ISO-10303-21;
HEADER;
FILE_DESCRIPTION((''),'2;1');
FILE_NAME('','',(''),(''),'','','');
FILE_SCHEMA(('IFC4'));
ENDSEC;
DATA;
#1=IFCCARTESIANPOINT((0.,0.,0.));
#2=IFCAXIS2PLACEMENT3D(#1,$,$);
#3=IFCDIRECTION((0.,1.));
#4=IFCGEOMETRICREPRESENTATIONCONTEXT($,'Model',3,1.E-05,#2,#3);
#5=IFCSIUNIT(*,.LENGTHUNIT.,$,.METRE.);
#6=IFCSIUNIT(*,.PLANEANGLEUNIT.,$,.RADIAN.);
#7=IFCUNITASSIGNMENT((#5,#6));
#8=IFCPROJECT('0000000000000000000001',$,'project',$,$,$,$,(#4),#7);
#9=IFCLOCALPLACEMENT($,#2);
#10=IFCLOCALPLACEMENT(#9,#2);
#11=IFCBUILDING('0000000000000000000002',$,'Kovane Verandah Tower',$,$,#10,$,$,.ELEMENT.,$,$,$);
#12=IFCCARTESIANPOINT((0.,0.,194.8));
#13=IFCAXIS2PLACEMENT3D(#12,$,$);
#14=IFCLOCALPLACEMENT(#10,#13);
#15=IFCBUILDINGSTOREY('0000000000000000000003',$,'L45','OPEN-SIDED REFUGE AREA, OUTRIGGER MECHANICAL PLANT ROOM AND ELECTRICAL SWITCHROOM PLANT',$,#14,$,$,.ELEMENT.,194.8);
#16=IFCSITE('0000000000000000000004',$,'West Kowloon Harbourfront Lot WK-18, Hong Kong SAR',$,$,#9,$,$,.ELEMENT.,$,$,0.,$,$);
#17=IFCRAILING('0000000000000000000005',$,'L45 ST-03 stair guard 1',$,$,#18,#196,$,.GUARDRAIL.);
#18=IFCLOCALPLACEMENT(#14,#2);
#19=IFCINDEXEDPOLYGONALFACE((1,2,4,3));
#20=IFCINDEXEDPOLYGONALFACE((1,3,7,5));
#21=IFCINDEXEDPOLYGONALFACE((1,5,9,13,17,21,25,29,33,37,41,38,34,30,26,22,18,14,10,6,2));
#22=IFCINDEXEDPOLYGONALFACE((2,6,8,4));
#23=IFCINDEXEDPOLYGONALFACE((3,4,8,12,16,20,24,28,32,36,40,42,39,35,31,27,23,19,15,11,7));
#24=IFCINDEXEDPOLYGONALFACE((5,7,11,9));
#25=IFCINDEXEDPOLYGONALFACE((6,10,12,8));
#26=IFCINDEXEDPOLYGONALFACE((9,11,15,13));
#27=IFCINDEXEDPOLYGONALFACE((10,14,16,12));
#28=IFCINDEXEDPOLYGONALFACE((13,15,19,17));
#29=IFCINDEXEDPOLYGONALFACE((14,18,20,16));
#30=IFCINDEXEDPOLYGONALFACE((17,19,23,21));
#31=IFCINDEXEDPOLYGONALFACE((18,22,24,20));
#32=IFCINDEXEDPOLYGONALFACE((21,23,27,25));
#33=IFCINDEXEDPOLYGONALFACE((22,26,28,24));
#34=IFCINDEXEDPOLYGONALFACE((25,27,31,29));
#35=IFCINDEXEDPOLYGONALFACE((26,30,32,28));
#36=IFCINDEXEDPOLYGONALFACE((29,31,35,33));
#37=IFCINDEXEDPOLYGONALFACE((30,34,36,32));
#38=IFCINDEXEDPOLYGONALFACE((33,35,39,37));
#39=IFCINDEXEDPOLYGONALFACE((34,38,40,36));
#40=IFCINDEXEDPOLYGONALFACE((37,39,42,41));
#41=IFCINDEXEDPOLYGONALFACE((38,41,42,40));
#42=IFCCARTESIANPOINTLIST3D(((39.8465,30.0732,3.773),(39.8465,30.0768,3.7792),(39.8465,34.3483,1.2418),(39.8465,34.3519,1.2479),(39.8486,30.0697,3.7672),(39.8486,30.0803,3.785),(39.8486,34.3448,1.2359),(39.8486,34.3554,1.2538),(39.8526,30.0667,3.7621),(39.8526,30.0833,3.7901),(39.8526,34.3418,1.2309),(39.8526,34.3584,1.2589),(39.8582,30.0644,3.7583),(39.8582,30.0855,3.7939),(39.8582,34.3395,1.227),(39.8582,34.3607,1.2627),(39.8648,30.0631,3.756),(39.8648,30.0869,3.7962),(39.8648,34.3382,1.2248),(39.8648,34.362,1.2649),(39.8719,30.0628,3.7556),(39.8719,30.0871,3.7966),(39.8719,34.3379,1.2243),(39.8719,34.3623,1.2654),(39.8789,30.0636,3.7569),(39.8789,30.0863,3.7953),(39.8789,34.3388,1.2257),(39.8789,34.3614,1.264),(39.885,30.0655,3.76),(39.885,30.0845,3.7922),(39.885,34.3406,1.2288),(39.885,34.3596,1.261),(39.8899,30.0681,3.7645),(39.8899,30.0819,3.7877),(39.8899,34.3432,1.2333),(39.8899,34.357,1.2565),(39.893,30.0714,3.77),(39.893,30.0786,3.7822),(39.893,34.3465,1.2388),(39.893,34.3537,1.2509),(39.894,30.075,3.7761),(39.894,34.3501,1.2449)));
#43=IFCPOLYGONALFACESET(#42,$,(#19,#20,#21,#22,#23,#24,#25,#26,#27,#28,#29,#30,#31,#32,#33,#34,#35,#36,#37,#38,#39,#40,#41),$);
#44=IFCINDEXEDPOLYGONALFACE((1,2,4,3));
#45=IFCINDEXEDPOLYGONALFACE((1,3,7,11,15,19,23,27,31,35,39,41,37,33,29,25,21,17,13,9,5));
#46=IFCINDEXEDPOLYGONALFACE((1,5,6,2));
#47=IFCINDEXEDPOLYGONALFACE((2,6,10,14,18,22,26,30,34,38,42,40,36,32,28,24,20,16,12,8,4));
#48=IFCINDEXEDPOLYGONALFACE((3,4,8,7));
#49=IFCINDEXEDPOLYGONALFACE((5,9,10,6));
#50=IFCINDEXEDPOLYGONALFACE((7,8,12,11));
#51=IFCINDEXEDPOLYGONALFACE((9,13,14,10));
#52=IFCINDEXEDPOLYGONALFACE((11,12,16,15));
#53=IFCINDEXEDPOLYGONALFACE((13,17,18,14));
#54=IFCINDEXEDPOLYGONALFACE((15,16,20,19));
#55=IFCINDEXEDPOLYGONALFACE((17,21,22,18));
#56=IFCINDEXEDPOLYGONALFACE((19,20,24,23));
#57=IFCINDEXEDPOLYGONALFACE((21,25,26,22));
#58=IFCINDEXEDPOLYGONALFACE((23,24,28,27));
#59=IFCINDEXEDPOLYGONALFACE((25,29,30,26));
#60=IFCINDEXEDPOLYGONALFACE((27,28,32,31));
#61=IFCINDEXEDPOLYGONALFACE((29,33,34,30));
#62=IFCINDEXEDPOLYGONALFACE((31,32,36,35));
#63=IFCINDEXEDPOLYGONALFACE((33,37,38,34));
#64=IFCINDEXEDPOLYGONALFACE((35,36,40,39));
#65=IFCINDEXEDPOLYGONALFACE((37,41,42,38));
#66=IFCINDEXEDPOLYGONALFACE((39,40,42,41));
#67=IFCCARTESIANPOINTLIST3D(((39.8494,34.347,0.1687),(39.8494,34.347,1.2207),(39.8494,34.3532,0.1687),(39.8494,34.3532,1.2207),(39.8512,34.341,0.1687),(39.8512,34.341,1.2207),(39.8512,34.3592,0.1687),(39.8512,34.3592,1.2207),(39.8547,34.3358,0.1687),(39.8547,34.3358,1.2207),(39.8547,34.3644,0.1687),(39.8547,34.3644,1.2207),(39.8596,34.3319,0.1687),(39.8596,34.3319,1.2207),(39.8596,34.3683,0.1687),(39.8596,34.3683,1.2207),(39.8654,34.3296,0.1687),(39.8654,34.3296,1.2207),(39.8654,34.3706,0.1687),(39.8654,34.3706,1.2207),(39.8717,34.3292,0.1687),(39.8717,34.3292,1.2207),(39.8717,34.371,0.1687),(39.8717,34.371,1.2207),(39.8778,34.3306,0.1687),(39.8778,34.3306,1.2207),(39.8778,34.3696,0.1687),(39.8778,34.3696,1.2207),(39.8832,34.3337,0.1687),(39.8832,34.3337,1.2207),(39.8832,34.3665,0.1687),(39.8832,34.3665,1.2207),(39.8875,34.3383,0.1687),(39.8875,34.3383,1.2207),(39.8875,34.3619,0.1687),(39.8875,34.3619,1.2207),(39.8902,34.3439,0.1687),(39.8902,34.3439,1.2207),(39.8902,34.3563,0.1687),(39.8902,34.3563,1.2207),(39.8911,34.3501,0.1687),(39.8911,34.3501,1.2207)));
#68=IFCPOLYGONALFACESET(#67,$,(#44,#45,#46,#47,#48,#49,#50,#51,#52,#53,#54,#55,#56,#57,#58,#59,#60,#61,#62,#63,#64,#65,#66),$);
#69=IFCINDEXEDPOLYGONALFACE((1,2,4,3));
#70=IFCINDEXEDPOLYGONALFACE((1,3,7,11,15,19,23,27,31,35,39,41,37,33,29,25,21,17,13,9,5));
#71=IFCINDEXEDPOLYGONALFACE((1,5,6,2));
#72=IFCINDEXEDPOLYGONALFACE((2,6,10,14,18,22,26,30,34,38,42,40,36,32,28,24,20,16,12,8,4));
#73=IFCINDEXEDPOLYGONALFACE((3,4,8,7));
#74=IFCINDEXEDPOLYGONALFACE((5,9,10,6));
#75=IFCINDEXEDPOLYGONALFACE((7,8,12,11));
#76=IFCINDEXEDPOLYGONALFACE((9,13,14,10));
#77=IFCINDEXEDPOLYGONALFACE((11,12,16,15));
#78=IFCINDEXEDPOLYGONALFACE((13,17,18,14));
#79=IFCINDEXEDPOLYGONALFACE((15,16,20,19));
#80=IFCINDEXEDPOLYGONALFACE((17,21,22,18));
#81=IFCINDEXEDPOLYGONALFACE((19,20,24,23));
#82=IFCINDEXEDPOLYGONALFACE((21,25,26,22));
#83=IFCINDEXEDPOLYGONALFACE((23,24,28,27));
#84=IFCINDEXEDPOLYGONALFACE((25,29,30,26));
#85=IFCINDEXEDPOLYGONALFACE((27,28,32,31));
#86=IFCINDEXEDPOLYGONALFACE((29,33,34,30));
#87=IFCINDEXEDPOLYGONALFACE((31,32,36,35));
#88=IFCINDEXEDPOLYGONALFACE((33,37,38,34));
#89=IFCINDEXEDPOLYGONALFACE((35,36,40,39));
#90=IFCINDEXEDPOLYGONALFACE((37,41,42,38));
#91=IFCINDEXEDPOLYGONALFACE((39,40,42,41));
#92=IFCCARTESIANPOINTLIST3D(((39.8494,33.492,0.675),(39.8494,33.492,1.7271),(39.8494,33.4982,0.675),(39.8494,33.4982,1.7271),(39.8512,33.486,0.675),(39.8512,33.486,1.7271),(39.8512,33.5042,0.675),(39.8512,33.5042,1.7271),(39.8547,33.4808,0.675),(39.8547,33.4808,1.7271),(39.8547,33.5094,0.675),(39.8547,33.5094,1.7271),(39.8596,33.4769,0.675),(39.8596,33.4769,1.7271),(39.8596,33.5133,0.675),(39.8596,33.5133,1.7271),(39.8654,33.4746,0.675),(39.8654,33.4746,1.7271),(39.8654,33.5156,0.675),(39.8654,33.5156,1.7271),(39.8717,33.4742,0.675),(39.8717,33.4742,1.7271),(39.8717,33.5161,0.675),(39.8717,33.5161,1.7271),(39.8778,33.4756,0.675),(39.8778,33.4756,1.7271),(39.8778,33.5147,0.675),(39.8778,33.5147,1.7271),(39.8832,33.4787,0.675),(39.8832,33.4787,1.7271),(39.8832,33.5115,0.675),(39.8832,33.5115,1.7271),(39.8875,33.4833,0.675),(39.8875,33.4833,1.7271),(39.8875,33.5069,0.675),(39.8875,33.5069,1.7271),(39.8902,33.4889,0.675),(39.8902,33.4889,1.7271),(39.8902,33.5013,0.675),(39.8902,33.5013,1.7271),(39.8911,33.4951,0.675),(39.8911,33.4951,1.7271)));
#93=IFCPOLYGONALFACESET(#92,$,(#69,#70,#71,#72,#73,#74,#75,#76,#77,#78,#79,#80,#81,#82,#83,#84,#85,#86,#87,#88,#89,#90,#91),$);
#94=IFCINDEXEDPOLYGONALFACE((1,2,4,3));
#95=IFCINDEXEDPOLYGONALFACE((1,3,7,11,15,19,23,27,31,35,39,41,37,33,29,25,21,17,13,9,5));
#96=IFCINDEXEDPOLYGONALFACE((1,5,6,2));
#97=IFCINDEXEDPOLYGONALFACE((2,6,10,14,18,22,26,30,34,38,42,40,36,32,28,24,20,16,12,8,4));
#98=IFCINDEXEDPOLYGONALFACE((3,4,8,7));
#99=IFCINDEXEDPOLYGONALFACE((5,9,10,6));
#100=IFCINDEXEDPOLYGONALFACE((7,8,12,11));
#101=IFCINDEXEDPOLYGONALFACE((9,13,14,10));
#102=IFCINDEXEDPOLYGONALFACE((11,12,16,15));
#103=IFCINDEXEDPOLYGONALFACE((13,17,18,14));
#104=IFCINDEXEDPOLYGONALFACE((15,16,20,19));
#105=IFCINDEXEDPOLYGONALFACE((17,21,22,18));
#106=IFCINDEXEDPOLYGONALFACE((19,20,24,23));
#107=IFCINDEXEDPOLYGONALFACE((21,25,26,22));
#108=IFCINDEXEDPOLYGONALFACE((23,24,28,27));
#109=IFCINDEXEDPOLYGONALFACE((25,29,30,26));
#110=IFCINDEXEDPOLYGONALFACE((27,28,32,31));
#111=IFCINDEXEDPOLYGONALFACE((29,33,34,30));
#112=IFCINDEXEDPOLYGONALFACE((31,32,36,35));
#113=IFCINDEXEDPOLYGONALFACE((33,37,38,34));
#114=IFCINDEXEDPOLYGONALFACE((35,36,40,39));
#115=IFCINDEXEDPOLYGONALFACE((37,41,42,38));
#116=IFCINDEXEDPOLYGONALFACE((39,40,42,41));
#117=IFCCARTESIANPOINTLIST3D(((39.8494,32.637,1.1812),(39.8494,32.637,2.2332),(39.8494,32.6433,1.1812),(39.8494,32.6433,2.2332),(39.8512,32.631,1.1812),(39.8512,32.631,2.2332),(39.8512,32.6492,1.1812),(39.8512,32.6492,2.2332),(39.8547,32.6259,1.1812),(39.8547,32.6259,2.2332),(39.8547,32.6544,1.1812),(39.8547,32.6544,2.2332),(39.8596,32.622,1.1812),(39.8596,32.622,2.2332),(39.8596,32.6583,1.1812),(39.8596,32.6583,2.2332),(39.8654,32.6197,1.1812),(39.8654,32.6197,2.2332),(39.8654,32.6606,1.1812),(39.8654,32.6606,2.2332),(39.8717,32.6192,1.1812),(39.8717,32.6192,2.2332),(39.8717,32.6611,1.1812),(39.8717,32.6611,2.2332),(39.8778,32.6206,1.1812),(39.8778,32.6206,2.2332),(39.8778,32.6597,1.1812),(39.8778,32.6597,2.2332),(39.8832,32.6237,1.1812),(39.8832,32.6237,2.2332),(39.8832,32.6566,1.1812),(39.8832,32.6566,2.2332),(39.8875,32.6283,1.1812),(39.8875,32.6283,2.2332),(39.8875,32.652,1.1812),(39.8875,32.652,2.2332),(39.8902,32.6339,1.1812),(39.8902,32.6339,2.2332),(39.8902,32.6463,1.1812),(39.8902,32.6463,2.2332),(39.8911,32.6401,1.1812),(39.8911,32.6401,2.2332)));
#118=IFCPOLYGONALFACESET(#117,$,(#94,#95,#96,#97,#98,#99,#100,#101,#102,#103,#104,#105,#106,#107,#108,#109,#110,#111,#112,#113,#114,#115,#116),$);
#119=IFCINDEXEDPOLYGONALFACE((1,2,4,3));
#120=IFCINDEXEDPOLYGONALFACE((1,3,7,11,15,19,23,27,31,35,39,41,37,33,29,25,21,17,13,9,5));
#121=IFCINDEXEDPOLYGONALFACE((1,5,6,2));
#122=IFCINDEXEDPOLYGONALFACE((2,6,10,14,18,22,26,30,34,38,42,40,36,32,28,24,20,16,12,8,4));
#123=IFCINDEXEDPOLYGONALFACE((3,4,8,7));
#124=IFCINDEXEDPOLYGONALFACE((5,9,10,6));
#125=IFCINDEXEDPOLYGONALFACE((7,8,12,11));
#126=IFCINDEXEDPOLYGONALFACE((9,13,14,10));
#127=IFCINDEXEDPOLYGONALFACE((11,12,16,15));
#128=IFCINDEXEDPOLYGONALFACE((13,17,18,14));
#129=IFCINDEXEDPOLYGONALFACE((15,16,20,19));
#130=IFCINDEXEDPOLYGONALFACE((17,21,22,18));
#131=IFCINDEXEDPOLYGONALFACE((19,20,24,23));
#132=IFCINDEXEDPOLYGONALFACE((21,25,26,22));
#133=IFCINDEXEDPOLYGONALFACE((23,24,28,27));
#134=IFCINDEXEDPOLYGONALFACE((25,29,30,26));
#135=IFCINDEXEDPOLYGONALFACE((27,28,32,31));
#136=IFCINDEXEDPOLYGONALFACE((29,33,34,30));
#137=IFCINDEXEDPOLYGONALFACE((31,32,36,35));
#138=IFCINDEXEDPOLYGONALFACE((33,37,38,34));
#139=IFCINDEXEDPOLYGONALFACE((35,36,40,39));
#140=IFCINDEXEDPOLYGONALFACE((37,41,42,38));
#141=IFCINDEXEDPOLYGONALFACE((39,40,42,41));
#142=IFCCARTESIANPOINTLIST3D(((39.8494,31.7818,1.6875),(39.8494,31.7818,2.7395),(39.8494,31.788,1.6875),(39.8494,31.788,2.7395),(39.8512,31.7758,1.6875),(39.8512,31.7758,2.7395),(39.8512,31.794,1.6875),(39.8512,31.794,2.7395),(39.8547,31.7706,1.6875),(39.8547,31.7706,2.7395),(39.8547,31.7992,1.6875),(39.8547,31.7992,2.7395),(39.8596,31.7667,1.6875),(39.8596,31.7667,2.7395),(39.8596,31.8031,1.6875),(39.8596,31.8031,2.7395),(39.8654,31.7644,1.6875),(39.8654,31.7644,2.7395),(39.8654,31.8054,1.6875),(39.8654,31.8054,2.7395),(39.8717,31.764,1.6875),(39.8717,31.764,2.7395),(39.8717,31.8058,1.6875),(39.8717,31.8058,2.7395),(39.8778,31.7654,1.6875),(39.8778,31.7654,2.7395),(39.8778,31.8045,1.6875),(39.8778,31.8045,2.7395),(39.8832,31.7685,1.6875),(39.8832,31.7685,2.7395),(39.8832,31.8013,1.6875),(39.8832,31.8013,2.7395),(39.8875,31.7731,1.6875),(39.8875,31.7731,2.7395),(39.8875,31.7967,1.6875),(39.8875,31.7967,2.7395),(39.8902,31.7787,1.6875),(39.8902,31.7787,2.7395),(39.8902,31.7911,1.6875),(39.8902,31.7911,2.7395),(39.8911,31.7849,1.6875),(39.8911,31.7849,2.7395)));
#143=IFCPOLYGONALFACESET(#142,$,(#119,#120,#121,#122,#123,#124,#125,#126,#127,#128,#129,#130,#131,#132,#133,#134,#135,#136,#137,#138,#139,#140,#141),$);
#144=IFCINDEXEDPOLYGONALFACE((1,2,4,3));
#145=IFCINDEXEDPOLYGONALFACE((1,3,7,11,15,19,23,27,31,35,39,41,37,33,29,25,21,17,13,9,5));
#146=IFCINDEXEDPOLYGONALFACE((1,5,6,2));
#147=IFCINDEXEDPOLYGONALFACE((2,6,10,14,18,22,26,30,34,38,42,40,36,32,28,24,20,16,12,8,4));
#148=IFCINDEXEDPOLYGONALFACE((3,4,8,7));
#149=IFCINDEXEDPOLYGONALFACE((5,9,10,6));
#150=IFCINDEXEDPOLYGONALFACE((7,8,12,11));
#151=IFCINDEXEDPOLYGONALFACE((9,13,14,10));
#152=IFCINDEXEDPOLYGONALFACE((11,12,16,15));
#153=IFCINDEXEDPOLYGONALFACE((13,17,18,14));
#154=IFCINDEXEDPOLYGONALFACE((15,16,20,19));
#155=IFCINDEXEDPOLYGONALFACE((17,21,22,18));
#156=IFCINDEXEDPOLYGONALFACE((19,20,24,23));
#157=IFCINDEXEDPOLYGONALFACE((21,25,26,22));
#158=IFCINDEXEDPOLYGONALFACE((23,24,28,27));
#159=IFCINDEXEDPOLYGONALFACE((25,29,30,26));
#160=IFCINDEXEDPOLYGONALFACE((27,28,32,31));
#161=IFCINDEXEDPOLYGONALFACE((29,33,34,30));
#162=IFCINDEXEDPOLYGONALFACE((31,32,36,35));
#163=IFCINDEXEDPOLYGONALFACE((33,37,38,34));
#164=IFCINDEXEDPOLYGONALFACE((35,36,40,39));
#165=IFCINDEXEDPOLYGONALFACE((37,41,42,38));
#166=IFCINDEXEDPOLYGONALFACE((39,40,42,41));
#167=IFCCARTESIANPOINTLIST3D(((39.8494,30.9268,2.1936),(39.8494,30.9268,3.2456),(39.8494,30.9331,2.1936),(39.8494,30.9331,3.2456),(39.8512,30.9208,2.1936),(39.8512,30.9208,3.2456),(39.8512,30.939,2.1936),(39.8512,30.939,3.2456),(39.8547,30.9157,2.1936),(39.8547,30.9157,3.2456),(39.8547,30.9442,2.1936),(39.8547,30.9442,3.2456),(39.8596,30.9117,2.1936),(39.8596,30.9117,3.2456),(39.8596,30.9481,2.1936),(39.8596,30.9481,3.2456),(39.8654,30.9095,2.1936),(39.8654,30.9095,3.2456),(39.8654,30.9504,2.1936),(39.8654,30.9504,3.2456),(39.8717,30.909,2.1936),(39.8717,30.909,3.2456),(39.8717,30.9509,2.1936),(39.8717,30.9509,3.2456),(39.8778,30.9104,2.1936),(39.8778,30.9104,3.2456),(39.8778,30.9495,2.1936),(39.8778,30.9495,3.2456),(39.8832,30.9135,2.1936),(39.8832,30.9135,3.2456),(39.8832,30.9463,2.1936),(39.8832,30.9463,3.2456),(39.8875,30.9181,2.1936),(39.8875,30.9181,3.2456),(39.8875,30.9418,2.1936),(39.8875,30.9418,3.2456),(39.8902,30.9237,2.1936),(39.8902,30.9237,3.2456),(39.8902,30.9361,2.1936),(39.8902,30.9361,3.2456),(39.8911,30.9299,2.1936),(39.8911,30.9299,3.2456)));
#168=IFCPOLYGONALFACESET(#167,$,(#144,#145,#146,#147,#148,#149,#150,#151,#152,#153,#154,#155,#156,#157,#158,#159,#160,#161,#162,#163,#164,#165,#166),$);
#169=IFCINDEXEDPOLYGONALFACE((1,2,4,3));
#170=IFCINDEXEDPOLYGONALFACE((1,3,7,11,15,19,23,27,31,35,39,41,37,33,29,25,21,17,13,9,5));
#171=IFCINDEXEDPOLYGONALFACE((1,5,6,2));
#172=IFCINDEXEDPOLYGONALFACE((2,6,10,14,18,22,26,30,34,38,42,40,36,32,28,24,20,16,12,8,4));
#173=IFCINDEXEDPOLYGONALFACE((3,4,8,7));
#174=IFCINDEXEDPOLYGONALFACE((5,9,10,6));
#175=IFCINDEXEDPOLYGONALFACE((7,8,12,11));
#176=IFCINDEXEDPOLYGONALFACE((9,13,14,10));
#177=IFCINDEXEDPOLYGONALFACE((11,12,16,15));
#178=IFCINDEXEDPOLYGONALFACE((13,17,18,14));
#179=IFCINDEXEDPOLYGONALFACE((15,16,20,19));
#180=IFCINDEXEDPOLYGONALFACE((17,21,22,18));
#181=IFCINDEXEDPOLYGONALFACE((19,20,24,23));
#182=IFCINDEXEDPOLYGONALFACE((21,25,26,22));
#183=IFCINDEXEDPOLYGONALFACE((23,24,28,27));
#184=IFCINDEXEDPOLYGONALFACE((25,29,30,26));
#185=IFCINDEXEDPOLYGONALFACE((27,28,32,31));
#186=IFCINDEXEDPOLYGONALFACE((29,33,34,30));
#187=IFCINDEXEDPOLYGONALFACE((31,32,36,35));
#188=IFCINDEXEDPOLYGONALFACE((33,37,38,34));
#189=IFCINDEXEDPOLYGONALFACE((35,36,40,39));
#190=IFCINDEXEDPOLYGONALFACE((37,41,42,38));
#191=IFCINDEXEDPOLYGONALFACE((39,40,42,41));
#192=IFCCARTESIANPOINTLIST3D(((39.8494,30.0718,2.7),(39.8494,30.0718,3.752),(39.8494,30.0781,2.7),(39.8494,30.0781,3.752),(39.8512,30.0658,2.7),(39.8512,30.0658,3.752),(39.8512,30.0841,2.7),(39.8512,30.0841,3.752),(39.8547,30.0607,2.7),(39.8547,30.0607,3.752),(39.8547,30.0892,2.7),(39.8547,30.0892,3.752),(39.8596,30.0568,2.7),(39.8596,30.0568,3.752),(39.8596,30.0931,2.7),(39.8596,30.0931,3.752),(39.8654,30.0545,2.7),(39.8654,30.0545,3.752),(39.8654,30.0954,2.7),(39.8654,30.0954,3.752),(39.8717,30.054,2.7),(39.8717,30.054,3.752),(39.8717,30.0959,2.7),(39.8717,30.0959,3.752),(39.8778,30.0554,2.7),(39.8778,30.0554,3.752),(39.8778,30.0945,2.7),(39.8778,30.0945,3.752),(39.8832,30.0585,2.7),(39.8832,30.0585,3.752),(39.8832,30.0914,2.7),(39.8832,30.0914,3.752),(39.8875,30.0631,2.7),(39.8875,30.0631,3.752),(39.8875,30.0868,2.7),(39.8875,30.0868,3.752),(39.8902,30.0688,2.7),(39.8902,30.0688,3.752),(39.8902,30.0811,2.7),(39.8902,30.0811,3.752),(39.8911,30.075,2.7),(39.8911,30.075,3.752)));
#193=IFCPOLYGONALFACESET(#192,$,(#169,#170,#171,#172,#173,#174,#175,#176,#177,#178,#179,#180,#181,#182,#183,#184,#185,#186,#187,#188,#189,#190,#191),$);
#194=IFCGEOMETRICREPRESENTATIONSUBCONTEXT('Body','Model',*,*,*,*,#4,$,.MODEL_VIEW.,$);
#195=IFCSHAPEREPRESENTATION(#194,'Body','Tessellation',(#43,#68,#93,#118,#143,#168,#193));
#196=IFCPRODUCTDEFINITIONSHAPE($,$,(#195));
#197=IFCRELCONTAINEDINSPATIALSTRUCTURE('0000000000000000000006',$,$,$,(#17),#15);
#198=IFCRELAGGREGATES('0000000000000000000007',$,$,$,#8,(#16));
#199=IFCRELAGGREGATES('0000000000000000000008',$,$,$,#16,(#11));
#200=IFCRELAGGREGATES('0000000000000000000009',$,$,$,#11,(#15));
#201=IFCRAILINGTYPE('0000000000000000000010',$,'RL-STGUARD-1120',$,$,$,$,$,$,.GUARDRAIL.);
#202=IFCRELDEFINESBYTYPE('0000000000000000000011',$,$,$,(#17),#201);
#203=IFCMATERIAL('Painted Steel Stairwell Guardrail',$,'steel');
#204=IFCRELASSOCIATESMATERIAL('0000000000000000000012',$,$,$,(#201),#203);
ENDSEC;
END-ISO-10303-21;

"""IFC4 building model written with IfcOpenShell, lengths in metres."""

from ifc_helpers import new_model, si_unit, direction, frame, origin, origin_2d, place, context, subcontext, project, spatial, circle, extrude, material, type_object, element, save


model = new_model("IFC4")

# Units and contexts
model_context = context("Model", 3, precision=1e-05, world=origin(), true_north=direction((0.0, 1.0)))
body_context = subcontext(model_context, "Body", "Model", "MODEL_VIEW")
ifc_project = project(units=[si_unit("LENGTHUNIT", "METRE"), si_unit("PLANEANGLEUNIT", "RADIAN")], contexts=[model_context])

# Site, building, storey
site_placement = place(None, origin())
site = spatial("IfcSite", under=ifc_project, at=site_placement, Name="West Kowloon Harbourfront Lot WK-18, Hong Kong SAR", CompositionType="ELEMENT", RefElevation=0.0)
building_placement = place(site_placement, origin())
building = spatial("IfcBuilding", under=site, at=building_placement, Name="Kovane Verandah Tower", CompositionType="ELEMENT")
storey_placement = place(building_placement, frame((0.0, 0.0, 194.8)))
storey = spatial("IfcBuildingStorey", under=building, at=storey_placement, Name="L45", Description="OPEN-SIDED REFUGE AREA, OUTRIGGER MECHANICAL PLANT ROOM AND ELECTRICAL SWITCHROOM PLANT", CompositionType="ELEMENT", Elevation=194.8)

# Railing
ifc_material_1 = material(Name="Painted Steel Stairwell Guardrail", Category="steel")
railing_type_1 = type_object("IfcRailingType", Name="RL-STGUARD-1120", PredefinedType="GUARDRAIL", material=ifc_material_1)
railing_1_placement = place(storey_placement, frame((39.8701, 34.3501, 0.1687)))
element("IfcRailing", 1, at=railing_1_placement, inside=storey, type_object=railing_type_1, Name="L45 ST-03 stair guard 1", PredefinedType="GUARDRAIL", context=body_context, shape_type="SweptSolid", body=[
    extrude(circle(Radius=0.0239, at=origin_2d()), frame((0.0, 0.0, 1.0762), z_axis=(0.0, -0.860483, 0.509479), x_axis=(1.0, 0.0, 0.0)), (0.0, 0.0, 1.0), 4.9683),
    extrude(circle(Radius=0.021, at=origin_2d()), origin(), (0.0, 0.0, 1.0), 1.052),
    extrude(circle(Radius=0.021, at=origin_2d()), frame((0.0, -0.855, 0.5063)), (0.0, 0.0, 1.0), 1.052),
    extrude(circle(Radius=0.021, at=origin_2d()), frame((0.0, -1.71, 1.0125)), (0.0, 0.0, 1.0), 1.052),
    extrude(circle(Radius=0.021, at=origin_2d()), frame((0.0, -2.5652, 1.5188)), (0.0, 0.0, 1.0), 1.052),
    extrude(circle(Radius=0.021, at=origin_2d()), frame((0.0, -3.4202, 2.0249)), (0.0, 0.0, 1.0), 1.052),
    extrude(circle(Radius=0.021, at=origin_2d()), frame((0.0, -4.2751, 2.5312)), (0.0, 0.0, 1.0), 1.052),
])

save(model, "model.ifc")
